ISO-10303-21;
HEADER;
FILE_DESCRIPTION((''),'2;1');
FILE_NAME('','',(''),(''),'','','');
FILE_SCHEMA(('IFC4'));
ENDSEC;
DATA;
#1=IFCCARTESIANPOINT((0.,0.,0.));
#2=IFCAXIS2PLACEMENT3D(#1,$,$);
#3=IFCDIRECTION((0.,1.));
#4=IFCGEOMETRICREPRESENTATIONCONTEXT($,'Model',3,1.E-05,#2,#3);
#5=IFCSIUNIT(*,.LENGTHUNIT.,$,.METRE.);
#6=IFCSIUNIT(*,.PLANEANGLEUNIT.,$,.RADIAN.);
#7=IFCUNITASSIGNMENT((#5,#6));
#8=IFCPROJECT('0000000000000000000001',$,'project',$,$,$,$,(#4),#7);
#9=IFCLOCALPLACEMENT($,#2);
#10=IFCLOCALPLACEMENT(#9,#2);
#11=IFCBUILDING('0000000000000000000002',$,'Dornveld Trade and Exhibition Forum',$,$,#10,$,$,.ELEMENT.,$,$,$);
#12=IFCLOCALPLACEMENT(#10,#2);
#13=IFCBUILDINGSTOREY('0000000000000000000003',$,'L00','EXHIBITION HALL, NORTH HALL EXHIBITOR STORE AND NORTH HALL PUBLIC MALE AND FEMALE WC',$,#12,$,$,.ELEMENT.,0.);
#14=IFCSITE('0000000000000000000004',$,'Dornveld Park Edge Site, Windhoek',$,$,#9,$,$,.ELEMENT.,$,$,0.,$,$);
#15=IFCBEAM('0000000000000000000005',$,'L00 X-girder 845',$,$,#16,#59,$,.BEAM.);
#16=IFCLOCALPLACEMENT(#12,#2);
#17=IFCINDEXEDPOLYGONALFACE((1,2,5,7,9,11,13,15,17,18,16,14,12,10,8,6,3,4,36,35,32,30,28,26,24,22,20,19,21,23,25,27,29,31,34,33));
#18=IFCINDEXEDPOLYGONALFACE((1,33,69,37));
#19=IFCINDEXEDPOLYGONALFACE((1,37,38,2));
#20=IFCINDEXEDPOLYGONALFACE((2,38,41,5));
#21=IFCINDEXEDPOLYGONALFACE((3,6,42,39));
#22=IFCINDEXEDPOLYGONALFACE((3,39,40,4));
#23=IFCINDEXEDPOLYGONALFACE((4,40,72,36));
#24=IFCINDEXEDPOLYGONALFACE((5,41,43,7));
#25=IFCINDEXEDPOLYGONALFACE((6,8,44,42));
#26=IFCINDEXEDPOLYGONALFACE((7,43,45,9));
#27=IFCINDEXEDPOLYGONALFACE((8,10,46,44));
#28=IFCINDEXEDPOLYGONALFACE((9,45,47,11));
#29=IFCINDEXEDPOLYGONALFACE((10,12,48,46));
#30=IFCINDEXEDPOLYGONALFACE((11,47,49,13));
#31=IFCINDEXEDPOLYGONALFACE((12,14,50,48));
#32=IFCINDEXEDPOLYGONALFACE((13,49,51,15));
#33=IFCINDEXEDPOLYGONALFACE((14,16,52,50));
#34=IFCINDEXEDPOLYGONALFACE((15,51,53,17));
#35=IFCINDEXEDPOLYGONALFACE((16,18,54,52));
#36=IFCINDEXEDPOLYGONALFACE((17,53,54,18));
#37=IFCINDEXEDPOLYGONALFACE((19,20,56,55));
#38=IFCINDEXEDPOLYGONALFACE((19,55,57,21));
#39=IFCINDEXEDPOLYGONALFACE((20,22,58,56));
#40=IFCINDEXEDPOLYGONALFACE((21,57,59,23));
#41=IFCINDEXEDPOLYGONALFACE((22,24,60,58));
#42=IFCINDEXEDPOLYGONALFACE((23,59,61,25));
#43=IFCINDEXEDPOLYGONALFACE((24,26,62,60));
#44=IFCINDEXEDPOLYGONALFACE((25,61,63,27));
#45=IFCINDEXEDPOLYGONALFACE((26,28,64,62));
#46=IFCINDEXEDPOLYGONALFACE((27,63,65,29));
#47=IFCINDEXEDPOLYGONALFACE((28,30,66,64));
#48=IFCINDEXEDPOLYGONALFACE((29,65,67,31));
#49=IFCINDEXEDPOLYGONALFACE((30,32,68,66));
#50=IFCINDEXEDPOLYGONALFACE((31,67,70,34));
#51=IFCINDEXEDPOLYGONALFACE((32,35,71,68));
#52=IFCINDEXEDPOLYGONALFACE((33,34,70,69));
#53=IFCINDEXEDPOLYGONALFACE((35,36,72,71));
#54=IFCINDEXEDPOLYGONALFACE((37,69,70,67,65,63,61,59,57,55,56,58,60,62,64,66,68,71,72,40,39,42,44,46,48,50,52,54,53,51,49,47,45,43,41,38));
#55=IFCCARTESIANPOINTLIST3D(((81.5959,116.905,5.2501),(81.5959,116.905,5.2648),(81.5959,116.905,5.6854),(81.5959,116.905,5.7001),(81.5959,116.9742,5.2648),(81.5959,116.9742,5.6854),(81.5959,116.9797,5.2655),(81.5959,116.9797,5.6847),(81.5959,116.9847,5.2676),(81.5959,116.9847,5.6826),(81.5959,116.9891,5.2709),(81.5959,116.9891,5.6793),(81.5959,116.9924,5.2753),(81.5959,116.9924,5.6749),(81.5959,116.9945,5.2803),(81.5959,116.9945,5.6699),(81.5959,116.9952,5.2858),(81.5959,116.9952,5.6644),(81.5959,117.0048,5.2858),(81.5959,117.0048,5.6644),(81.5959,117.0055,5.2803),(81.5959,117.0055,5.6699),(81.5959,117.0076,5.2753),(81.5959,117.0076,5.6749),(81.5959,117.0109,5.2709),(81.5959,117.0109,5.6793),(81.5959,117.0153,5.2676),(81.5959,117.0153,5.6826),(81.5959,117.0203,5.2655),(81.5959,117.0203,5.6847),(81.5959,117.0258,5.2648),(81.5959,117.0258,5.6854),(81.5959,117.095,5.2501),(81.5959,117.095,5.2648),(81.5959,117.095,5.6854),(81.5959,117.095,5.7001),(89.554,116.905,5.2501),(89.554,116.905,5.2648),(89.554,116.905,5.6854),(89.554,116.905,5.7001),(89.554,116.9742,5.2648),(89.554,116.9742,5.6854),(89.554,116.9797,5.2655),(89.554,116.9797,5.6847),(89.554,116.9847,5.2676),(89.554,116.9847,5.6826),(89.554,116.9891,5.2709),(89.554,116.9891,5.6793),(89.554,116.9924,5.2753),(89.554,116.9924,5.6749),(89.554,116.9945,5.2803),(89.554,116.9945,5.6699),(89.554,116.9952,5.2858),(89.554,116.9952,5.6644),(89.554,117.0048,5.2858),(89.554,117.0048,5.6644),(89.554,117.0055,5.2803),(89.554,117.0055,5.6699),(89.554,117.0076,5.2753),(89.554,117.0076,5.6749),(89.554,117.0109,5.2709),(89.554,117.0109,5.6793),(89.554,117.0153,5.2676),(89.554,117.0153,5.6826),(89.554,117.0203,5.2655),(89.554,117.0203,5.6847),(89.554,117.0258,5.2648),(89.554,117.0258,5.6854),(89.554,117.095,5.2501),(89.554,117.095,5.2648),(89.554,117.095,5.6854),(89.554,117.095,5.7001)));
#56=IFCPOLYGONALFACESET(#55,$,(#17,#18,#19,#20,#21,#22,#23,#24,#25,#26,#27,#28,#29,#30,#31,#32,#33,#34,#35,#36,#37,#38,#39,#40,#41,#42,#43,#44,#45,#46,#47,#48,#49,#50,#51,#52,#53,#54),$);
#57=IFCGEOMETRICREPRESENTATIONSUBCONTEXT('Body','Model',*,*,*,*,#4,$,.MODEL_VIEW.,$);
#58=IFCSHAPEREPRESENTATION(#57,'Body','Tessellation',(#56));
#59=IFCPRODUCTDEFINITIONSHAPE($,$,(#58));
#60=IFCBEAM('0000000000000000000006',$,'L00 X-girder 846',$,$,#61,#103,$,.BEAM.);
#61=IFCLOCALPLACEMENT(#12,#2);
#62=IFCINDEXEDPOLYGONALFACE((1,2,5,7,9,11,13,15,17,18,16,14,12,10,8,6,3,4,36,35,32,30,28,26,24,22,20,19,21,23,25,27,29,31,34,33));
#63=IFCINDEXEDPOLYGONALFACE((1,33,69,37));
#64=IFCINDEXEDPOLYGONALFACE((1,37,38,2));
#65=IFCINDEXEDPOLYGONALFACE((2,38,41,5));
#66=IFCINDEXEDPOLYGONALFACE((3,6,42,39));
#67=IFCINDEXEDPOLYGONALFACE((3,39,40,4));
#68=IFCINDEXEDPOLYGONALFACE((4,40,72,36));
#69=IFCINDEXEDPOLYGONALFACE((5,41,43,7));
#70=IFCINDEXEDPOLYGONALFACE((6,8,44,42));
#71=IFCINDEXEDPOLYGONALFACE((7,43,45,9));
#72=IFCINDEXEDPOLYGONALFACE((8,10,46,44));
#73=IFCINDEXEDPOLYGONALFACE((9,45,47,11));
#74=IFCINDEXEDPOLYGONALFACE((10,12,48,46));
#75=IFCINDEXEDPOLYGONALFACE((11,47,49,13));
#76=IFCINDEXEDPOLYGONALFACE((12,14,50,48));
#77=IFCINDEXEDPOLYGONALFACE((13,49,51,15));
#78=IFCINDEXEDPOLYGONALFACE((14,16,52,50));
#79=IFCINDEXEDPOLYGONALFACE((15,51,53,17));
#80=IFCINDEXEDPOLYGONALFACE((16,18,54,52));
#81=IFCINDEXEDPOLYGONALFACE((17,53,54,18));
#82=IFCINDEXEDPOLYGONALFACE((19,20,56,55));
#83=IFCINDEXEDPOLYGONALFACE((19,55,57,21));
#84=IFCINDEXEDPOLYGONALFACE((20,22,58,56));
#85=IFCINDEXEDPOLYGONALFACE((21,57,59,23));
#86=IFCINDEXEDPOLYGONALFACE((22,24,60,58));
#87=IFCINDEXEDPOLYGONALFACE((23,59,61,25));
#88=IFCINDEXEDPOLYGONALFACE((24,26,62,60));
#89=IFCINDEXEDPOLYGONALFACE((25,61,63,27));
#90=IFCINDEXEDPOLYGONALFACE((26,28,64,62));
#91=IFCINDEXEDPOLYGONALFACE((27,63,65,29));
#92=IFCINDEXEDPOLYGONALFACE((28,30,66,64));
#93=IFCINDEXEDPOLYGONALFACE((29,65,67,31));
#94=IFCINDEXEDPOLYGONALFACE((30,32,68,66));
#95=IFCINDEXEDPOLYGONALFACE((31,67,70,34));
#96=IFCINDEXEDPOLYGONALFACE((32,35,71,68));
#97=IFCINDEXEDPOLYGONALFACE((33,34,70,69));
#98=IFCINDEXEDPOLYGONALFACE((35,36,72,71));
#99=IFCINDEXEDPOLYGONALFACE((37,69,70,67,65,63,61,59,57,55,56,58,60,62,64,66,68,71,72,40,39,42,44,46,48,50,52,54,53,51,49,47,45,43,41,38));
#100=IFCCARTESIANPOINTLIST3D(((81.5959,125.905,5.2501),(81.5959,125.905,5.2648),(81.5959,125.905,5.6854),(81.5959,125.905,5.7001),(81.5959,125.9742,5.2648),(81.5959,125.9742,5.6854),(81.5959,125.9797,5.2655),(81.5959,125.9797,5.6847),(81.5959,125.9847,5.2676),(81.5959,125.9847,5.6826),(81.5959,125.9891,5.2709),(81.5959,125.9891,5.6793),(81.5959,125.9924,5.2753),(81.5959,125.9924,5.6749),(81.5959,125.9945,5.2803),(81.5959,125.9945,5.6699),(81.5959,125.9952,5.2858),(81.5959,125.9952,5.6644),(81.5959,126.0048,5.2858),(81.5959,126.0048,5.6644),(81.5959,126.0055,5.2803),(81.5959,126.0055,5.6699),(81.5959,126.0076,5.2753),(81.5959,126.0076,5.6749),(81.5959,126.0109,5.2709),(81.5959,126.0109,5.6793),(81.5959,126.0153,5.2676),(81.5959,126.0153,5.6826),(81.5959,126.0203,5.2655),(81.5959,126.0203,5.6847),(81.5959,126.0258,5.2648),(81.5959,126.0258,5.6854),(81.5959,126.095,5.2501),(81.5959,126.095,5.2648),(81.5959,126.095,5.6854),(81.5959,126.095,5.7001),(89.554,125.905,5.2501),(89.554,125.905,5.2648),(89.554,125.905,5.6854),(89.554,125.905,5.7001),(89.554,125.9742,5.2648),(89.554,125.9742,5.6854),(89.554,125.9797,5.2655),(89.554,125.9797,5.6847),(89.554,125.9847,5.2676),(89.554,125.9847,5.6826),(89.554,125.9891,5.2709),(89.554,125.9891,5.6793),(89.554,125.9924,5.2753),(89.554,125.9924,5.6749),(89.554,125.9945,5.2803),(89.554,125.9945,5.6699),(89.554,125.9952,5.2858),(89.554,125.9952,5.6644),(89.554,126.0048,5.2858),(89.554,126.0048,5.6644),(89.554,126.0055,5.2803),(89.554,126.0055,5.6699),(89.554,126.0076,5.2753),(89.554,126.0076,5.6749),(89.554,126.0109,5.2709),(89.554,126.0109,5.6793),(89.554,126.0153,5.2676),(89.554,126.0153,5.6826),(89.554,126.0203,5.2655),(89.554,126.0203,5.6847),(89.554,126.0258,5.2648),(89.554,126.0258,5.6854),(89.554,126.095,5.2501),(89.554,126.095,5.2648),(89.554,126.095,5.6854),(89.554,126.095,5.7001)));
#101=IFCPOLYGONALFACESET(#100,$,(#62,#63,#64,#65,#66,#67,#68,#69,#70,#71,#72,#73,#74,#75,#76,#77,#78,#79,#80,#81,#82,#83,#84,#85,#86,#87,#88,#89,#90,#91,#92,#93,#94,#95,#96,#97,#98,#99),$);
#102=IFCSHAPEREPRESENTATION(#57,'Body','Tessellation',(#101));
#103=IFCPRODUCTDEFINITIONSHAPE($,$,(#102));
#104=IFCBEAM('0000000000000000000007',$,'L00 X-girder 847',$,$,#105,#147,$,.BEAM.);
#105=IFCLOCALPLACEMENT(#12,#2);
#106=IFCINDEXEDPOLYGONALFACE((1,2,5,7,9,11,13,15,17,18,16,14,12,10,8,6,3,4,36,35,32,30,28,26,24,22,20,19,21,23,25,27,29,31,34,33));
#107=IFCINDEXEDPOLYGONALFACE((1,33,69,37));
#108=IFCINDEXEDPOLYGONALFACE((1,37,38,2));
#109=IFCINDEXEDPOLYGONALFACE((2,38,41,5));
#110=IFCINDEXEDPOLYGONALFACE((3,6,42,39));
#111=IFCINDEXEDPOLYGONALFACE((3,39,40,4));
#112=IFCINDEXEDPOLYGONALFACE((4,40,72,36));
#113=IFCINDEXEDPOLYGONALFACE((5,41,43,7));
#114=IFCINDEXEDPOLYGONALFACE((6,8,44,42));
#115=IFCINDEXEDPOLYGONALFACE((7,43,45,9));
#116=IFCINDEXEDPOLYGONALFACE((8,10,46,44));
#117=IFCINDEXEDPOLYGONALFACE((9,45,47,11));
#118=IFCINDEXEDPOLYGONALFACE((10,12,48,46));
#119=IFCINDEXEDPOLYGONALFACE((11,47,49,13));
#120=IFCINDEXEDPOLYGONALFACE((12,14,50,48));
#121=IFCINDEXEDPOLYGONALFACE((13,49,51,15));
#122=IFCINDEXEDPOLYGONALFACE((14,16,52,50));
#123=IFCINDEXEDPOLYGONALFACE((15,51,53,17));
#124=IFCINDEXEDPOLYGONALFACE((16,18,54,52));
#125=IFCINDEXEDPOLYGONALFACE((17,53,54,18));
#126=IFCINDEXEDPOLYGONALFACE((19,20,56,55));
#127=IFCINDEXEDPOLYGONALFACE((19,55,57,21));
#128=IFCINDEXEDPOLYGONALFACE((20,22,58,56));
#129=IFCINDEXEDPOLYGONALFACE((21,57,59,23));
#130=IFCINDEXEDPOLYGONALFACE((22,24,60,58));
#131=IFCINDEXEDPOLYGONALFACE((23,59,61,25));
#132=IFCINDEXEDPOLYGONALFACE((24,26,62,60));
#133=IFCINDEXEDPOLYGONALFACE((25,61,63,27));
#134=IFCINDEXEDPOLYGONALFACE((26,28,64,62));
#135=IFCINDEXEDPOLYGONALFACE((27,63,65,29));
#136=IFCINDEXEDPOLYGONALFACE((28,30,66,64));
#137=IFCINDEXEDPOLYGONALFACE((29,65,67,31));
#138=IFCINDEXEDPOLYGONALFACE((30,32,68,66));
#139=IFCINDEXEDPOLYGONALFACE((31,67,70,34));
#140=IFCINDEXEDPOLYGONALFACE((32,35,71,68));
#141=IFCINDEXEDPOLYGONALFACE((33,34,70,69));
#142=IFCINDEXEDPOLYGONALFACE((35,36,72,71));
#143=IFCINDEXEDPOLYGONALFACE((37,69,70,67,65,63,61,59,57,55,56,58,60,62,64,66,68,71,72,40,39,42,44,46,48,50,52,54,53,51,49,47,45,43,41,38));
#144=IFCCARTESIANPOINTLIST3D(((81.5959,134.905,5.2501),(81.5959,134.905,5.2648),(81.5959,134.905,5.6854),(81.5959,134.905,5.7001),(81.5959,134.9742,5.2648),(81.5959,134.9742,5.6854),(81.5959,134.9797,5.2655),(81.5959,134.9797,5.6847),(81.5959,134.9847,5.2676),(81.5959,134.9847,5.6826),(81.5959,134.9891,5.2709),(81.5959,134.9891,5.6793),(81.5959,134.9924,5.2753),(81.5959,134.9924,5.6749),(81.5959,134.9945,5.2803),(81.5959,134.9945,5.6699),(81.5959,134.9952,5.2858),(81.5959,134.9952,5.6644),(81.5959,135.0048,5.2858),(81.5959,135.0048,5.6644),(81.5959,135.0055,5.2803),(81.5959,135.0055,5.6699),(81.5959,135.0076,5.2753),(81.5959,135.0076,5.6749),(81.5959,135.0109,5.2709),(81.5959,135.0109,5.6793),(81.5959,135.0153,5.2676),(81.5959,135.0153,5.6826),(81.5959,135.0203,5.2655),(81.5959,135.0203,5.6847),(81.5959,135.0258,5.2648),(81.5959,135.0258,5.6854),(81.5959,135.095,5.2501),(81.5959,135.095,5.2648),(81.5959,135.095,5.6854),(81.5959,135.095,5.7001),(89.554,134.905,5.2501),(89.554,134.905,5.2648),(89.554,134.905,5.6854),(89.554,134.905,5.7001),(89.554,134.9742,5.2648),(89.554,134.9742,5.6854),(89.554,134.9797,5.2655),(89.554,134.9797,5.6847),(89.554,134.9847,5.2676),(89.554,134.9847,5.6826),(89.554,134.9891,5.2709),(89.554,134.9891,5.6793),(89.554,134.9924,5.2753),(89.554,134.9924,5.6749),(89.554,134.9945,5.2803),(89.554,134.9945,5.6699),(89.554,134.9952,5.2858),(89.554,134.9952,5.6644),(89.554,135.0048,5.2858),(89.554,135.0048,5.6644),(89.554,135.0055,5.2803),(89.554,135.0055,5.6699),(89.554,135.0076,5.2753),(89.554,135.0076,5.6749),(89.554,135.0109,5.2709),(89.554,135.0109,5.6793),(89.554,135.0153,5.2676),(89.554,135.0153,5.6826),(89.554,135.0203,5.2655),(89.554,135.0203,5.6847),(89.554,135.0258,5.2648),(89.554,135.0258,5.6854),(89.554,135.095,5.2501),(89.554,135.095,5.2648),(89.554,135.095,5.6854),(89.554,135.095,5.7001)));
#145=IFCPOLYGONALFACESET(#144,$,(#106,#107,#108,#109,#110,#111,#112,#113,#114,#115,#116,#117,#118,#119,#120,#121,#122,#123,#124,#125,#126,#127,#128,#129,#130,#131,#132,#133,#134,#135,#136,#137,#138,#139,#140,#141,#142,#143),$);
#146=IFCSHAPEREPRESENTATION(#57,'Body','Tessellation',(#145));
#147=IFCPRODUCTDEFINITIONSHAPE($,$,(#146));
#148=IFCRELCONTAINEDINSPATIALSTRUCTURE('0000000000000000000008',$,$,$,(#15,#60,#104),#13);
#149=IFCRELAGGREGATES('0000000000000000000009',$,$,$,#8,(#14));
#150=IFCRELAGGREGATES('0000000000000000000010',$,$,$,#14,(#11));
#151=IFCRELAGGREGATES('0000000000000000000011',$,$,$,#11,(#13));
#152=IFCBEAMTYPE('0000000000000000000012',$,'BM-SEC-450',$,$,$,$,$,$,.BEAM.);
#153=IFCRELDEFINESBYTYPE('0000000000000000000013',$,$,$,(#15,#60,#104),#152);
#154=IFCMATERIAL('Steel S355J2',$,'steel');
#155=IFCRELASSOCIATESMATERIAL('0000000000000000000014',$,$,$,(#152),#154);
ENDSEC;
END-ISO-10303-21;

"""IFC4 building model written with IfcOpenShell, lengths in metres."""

from ifc_helpers import new_model, si_unit, direction, frame, origin, origin_2d, place, context, subcontext, project, spatial, i_section, extrude, material, material_profile, profile_set, type_object, element, save


model = new_model("IFC4")

# Units and contexts
model_context = context("Model", 3, precision=1e-05, world=origin(), true_north=direction((0.0, 1.0)))
body_context = subcontext(model_context, "Body", "Model", "MODEL_VIEW")
ifc_project = project(units=[si_unit("LENGTHUNIT", "METRE"), si_unit("PLANEANGLEUNIT", "RADIAN")], contexts=[model_context])

# Site, building, storey
site_placement = place(None, origin())
site = spatial("IfcSite", under=ifc_project, at=site_placement, Name="Dornveld Park Edge Site, Windhoek", CompositionType="ELEMENT", RefElevation=0.0)
building_placement = place(site_placement, origin())
building = spatial("IfcBuilding", under=site, at=building_placement, Name="Dornveld Trade and Exhibition Forum", CompositionType="ELEMENT")
storey_placement = place(building_placement, origin())
storey = spatial("IfcBuildingStorey", under=building, at=storey_placement, Name="L00", Description="EXHIBITION HALL, NORTH HALL EXHIBITOR STORE AND NORTH HALL PUBLIC MALE AND FEMALE WC", CompositionType="ELEMENT", Elevation=0.0)

# Beams
ifc_material_1 = material(Name="Steel S355J2", Category="steel")
ifc_material_profile_1 = material_profile(ifc_material_1, i_section(OverallWidth=0.1899, OverallDepth=0.45, WebThickness=0.0095, FlangeThickness=0.0146, FilletRadius=0.021, at=origin_2d()), Name="IPE 450")
ifc_profile_set_1 = profile_set([ifc_material_profile_1], Name="Steel S355J2")
beam_type_1 = type_object("IfcBeamType", Name="BM-SEC-450", PredefinedType="BEAM", material=ifc_profile_set_1)
for number, where, z_axis, x_axis, name in (
    (1, (81.5959, 117.0, 5.4751), (1.0, 0.0, 0.0), (0.0, 1.0, 0.0), "L00 X-girder 845"),
    (2, (81.5959, 126.0, 5.4751), (1.0, 0.0, 0.0), (0.0, 1.0, 0.0), "L00 X-girder 846"),
    (3, (81.5959, 135.0, 5.4751), (1.0, 0.0, 0.0), (0.0, 1.0, 0.0), "L00 X-girder 847"),
):
    element("IfcBeam", number, at=place(storey_placement, frame(where, z_axis=z_axis, x_axis=x_axis)), inside=storey, type_object=beam_type_1, Name=name, PredefinedType="BEAM", context=body_context, shape_type="SweptSolid", body=[
        extrude(i_section(OverallWidth=0.1899, OverallDepth=0.45, WebThickness=0.0095, FlangeThickness=0.0146, FilletRadius=0.021, at=origin_2d()), origin(), (0.0, 0.0, 1.0), 7.958),
    ])

save(model, "model.ifc")
